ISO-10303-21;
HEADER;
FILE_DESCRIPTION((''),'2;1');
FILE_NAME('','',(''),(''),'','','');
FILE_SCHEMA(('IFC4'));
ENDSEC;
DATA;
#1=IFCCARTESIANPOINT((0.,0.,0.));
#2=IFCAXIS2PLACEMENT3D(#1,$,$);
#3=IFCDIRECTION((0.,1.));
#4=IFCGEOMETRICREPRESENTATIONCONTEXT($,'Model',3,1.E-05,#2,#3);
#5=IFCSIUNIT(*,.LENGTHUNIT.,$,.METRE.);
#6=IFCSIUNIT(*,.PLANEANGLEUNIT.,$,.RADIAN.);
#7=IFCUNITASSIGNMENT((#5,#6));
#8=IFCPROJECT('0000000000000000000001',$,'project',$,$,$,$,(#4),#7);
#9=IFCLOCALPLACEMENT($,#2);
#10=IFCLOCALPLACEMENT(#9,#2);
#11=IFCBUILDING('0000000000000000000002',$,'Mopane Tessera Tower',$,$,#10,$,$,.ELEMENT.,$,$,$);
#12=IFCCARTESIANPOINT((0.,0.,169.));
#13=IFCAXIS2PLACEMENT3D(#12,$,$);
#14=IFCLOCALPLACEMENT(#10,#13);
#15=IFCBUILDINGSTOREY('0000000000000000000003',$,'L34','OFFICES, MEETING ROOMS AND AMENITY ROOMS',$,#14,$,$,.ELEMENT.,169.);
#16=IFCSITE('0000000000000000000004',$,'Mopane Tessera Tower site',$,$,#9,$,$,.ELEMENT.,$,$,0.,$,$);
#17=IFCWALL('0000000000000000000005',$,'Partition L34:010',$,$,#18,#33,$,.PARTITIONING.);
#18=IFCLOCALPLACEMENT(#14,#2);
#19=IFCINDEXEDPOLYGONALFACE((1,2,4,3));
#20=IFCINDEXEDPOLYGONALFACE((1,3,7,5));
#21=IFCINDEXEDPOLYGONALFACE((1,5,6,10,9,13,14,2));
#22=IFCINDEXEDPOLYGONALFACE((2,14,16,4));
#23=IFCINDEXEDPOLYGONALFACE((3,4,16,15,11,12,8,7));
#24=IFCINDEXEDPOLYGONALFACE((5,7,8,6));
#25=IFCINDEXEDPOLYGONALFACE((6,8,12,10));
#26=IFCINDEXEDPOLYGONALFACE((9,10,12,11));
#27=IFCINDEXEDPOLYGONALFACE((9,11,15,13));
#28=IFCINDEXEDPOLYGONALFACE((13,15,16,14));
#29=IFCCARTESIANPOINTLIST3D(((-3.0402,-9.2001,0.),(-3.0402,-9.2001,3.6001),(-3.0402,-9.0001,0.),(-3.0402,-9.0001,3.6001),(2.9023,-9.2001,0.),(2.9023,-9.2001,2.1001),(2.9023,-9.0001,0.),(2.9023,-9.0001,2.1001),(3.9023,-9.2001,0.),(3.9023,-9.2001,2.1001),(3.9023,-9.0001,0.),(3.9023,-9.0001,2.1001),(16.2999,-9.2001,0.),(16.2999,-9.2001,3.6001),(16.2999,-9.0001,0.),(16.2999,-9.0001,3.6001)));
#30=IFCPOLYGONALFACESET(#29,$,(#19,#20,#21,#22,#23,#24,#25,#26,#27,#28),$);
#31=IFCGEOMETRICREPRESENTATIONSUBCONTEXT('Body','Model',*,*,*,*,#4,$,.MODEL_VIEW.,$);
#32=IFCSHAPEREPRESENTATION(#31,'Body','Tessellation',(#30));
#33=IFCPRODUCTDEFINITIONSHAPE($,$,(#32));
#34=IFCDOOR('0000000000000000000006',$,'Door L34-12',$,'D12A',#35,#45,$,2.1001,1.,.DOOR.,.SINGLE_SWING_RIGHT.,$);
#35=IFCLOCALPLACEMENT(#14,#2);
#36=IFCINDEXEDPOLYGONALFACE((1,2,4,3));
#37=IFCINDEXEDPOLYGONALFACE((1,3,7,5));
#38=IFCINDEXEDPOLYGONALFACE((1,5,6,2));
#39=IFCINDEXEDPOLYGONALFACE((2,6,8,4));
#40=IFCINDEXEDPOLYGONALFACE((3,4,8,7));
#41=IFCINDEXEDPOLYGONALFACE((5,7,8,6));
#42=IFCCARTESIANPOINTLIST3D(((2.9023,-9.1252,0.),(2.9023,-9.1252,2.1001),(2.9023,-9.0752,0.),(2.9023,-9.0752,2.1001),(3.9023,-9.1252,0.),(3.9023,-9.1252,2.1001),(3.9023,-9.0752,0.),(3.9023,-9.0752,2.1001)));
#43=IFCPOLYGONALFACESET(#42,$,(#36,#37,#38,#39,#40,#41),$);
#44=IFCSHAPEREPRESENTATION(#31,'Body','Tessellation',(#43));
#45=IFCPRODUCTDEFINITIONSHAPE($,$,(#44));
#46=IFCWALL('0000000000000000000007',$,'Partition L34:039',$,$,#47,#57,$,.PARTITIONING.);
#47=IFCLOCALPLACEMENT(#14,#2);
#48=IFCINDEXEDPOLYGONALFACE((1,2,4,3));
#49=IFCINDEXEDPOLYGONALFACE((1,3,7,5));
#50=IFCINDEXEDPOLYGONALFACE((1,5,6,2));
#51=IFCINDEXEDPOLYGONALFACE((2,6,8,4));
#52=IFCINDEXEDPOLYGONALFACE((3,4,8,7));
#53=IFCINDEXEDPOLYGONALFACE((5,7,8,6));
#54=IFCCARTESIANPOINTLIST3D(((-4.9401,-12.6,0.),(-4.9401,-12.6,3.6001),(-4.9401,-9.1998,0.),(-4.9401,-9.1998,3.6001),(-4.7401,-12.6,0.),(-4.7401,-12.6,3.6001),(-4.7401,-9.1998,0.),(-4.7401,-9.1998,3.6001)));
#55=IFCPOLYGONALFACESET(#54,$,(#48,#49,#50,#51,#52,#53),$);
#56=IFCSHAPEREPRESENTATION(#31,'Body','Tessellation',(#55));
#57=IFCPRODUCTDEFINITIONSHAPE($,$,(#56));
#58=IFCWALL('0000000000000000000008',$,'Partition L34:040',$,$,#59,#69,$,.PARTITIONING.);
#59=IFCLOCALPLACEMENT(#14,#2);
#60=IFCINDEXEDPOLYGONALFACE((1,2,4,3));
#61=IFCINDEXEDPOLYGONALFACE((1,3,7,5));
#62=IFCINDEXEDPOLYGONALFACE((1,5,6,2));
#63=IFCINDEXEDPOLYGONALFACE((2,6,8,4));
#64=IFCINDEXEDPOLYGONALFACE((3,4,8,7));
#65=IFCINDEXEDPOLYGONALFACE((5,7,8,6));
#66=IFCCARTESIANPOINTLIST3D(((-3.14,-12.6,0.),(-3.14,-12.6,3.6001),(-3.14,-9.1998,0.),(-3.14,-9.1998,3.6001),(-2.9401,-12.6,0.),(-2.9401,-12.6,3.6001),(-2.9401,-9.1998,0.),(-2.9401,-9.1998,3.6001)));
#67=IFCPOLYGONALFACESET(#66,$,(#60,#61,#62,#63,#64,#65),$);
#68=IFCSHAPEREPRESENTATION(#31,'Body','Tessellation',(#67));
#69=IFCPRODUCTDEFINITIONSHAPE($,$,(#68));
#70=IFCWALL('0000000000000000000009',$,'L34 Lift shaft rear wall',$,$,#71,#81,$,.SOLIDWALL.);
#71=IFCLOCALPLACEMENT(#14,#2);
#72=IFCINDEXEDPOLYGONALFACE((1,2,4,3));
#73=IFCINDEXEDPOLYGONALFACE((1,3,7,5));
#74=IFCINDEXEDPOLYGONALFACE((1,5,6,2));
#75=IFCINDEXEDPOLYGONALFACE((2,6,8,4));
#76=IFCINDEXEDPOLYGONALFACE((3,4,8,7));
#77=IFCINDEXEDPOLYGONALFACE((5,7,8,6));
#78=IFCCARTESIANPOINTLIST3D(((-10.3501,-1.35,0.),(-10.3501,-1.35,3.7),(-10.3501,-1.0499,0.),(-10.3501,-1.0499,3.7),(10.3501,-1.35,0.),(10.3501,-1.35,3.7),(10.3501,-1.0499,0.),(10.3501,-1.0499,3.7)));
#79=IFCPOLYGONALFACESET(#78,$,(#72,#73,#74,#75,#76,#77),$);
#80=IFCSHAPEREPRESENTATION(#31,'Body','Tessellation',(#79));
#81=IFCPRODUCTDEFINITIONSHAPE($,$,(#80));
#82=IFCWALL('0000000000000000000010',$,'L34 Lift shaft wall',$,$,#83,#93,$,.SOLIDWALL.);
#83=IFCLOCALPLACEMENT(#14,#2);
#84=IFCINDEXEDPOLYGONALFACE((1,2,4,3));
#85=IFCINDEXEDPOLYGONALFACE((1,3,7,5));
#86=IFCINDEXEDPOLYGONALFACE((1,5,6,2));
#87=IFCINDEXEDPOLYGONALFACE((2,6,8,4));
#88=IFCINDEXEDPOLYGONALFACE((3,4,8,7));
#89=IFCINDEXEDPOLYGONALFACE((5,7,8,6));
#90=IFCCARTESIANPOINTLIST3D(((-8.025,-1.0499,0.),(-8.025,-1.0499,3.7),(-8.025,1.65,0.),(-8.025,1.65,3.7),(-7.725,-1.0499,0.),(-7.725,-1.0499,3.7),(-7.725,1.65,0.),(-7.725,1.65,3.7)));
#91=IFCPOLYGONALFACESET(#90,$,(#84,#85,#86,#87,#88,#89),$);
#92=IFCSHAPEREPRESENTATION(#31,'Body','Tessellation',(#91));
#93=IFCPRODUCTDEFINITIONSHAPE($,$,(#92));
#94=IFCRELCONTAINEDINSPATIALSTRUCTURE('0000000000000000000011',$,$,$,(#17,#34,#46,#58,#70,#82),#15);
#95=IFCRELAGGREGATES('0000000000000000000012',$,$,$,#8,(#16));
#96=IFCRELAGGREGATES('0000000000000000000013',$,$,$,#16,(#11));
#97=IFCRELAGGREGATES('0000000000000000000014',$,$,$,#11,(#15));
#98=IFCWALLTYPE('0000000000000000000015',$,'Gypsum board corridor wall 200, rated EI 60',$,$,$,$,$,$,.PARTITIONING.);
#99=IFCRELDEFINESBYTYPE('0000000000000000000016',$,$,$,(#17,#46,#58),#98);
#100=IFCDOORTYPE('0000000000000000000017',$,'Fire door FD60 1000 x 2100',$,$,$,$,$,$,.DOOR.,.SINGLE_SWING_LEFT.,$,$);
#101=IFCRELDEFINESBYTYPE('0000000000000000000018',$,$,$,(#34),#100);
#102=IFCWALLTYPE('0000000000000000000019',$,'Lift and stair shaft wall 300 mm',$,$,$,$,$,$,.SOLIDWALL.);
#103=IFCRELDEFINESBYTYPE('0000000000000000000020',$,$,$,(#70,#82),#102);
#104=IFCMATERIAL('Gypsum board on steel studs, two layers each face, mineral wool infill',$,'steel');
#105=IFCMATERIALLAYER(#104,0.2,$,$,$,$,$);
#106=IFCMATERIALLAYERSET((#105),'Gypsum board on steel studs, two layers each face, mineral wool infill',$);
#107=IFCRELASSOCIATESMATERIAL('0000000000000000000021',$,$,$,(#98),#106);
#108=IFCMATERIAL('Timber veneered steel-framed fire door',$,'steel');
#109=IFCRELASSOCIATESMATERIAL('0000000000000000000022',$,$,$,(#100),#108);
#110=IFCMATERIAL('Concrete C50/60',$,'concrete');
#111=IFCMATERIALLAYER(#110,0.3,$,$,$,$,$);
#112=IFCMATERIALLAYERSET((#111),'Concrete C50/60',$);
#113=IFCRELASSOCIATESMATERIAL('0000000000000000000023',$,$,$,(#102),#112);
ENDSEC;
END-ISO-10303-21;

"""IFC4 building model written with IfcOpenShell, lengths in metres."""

from ifc_helpers import new_model, si_unit, direction, frame, frame_2d, origin, place, context, subcontext, project, spatial, rectangle, extrude, material, layer, layer_set, type_object, element, fill, save


model = new_model("IFC4")

# Units and contexts
model_context = context("Model", 3, precision=1e-05, world=origin(), true_north=direction((0.0, 1.0)))
body_context = subcontext(model_context, "Body", "Model", "MODEL_VIEW")
ifc_project = project(units=[si_unit("LENGTHUNIT", "METRE"), si_unit("PLANEANGLEUNIT", "RADIAN")], contexts=[model_context])

# Site, building, storey
site_placement = place(None, origin())
site = spatial("IfcSite", under=ifc_project, at=site_placement, Name="Mopane Tessera Tower site", CompositionType="ELEMENT", RefElevation=0.0)
building_placement = place(site_placement, origin())
building = spatial("IfcBuilding", under=site, at=building_placement, Name="Mopane Tessera Tower", CompositionType="ELEMENT")
storey_placement = place(building_placement, frame((0.0, 0.0, 169.0)))
storey = spatial("IfcBuildingStorey", under=building, at=storey_placement, Name="L34", Description="OFFICES, MEETING ROOMS AND AMENITY ROOMS", CompositionType="ELEMENT", Elevation=169.0)

# Wall, opening, door
ifc_material_1 = material(Name="Gypsum board on steel studs, two layers each face, mineral wool infill", Category="steel")
ifc_layer_1 = layer(ifc_material_1, 0.2)
ifc_layer_set_1 = layer_set([ifc_layer_1], Name="Gypsum board on steel studs, two layers each face, mineral wool infill")
wall_type_1 = type_object("IfcWallType", Name="Gypsum board corridor wall 200, rated EI 60", PredefinedType="PARTITIONING", material=ifc_layer_set_1)
wall_1_placement = place(storey_placement, frame((-3.04, -9.1001, 0.0), z_axis=(0.0, 0.0, 1.0), x_axis=(1.0, 0.0, 0.0)))
wall_1 = element("IfcWall", 1, at=wall_1_placement, inside=storey, type_object=wall_type_1, Name="Partition L34:010", PredefinedType="PARTITIONING", context=body_context, shape_type="SweptSolid", body=[
    extrude(rectangle(XDim=19.3401, YDim=0.2, at=frame_2d((9.6699, 0.0))), origin(), (0.0, 0.0, 1.0), 3.6001),
])
opening_1_placement = place(wall_1_placement, frame((5.9424, 0.0, 0.0)))
opening_1 = element("IfcOpeningElement", 2, at=opening_1_placement, cuts=wall_1, PredefinedType="OPENING", context=body_context, shape_type="SweptSolid", body=[
    extrude(rectangle(XDim=1.0, YDim=2.1001, at=frame_2d((0.5, 1.05))), frame((0.0, 0.1121, 0.0), z_axis=(0.0, -1.0, 0.0), x_axis=(1.0, 0.0, 0.0)), (0.0, 0.0, 1.0), 0.2239),
])
ifc_material_2 = material(Name="Timber veneered steel-framed fire door", Category="steel")
door_type_1 = type_object("IfcDoorType", Name="Fire door FD60 1000 x 2100", OperationType="SINGLE_SWING_LEFT", PredefinedType="DOOR", material=ifc_material_2)
door_1_placement = place(opening_1_placement, origin())
door_1 = element("IfcDoor", 3, at=door_1_placement, inside=storey, type_object=door_type_1, Name="Door L34-12", ObjectType="D12A", OperationType="SINGLE_SWING_RIGHT", OverallHeight=2.1001, OverallWidth=1.0, PredefinedType="DOOR", context=body_context, shape_type="SweptSolid", body=[
    extrude(rectangle(XDim=1.0, YDim=2.1001, at=frame_2d((0.5, 1.05))), frame((0.0, 0.0249, 0.0), z_axis=(0.0, -1.0, 0.0), x_axis=(1.0, 0.0, 0.0)), (0.0, 0.0, 1.0), 0.05),
])
fill(opening_1, door_1)

# Walls
for number, where, z_axis, x_axis, name in (
    (4, (-4.8401, -12.6001, 0.0), (0.0, 0.0, 1.0), (0.0, 1.0, 0.0), "Partition L34:039"),
    (5, (-3.04, -12.6001, 0.0), (0.0, 0.0, 1.0), (0.0, 1.0, 0.0), "Partition L34:040"),
):
    element("IfcWall", number, at=place(storey_placement, frame(where, z_axis=z_axis, x_axis=x_axis)), inside=storey, type_object=wall_type_1, Name=name, PredefinedType="PARTITIONING", context=body_context, shape_type="SweptSolid", body=[
        extrude(rectangle(XDim=3.4001, YDim=0.2, at=frame_2d((1.7002, 0.0))), origin(), (0.0, 0.0, 1.0), 3.6001),
    ])
ifc_material_3 = material(Name="Concrete C50/60", Category="concrete")
ifc_layer_2 = layer(ifc_material_3, 0.3)
ifc_layer_set_2 = layer_set([ifc_layer_2], Name="Concrete C50/60")
wall_type_2 = type_object("IfcWallType", Name="Lift and stair shaft wall 300 mm", PredefinedType="SOLIDWALL", material=ifc_layer_set_2)
wall_2_placement = place(storey_placement, frame((-10.3501, -1.2, 0.0), z_axis=(0.0, 0.0, 1.0), x_axis=(1.0, 0.0, 0.0)))
element("IfcWall", 6, at=wall_2_placement, inside=storey, type_object=wall_type_2, Name="L34 Lift shaft rear wall", PredefinedType="SOLIDWALL", context=body_context, shape_type="SweptSolid", body=[
    extrude(rectangle(XDim=20.7002, YDim=0.3, at=frame_2d((10.3501, 0.0))), origin(), (0.0, 0.0, 1.0), 3.7),
])
wall_3_placement = place(storey_placement, frame((-7.875, -1.05, 0.0), z_axis=(0.0, 0.0, 1.0), x_axis=(0.0, 1.0, 0.0)))
element("IfcWall", 7, at=wall_3_placement, inside=storey, type_object=wall_type_2, Name="L34 Lift shaft wall", PredefinedType="SOLIDWALL", context=body_context, shape_type="SweptSolid", body=[
    extrude(rectangle(XDim=2.7, YDim=0.3, at=frame_2d((1.3501, 0.0))), origin(), (0.0, 0.0, 1.0), 3.7),
])

save(model, "model.ifc")
